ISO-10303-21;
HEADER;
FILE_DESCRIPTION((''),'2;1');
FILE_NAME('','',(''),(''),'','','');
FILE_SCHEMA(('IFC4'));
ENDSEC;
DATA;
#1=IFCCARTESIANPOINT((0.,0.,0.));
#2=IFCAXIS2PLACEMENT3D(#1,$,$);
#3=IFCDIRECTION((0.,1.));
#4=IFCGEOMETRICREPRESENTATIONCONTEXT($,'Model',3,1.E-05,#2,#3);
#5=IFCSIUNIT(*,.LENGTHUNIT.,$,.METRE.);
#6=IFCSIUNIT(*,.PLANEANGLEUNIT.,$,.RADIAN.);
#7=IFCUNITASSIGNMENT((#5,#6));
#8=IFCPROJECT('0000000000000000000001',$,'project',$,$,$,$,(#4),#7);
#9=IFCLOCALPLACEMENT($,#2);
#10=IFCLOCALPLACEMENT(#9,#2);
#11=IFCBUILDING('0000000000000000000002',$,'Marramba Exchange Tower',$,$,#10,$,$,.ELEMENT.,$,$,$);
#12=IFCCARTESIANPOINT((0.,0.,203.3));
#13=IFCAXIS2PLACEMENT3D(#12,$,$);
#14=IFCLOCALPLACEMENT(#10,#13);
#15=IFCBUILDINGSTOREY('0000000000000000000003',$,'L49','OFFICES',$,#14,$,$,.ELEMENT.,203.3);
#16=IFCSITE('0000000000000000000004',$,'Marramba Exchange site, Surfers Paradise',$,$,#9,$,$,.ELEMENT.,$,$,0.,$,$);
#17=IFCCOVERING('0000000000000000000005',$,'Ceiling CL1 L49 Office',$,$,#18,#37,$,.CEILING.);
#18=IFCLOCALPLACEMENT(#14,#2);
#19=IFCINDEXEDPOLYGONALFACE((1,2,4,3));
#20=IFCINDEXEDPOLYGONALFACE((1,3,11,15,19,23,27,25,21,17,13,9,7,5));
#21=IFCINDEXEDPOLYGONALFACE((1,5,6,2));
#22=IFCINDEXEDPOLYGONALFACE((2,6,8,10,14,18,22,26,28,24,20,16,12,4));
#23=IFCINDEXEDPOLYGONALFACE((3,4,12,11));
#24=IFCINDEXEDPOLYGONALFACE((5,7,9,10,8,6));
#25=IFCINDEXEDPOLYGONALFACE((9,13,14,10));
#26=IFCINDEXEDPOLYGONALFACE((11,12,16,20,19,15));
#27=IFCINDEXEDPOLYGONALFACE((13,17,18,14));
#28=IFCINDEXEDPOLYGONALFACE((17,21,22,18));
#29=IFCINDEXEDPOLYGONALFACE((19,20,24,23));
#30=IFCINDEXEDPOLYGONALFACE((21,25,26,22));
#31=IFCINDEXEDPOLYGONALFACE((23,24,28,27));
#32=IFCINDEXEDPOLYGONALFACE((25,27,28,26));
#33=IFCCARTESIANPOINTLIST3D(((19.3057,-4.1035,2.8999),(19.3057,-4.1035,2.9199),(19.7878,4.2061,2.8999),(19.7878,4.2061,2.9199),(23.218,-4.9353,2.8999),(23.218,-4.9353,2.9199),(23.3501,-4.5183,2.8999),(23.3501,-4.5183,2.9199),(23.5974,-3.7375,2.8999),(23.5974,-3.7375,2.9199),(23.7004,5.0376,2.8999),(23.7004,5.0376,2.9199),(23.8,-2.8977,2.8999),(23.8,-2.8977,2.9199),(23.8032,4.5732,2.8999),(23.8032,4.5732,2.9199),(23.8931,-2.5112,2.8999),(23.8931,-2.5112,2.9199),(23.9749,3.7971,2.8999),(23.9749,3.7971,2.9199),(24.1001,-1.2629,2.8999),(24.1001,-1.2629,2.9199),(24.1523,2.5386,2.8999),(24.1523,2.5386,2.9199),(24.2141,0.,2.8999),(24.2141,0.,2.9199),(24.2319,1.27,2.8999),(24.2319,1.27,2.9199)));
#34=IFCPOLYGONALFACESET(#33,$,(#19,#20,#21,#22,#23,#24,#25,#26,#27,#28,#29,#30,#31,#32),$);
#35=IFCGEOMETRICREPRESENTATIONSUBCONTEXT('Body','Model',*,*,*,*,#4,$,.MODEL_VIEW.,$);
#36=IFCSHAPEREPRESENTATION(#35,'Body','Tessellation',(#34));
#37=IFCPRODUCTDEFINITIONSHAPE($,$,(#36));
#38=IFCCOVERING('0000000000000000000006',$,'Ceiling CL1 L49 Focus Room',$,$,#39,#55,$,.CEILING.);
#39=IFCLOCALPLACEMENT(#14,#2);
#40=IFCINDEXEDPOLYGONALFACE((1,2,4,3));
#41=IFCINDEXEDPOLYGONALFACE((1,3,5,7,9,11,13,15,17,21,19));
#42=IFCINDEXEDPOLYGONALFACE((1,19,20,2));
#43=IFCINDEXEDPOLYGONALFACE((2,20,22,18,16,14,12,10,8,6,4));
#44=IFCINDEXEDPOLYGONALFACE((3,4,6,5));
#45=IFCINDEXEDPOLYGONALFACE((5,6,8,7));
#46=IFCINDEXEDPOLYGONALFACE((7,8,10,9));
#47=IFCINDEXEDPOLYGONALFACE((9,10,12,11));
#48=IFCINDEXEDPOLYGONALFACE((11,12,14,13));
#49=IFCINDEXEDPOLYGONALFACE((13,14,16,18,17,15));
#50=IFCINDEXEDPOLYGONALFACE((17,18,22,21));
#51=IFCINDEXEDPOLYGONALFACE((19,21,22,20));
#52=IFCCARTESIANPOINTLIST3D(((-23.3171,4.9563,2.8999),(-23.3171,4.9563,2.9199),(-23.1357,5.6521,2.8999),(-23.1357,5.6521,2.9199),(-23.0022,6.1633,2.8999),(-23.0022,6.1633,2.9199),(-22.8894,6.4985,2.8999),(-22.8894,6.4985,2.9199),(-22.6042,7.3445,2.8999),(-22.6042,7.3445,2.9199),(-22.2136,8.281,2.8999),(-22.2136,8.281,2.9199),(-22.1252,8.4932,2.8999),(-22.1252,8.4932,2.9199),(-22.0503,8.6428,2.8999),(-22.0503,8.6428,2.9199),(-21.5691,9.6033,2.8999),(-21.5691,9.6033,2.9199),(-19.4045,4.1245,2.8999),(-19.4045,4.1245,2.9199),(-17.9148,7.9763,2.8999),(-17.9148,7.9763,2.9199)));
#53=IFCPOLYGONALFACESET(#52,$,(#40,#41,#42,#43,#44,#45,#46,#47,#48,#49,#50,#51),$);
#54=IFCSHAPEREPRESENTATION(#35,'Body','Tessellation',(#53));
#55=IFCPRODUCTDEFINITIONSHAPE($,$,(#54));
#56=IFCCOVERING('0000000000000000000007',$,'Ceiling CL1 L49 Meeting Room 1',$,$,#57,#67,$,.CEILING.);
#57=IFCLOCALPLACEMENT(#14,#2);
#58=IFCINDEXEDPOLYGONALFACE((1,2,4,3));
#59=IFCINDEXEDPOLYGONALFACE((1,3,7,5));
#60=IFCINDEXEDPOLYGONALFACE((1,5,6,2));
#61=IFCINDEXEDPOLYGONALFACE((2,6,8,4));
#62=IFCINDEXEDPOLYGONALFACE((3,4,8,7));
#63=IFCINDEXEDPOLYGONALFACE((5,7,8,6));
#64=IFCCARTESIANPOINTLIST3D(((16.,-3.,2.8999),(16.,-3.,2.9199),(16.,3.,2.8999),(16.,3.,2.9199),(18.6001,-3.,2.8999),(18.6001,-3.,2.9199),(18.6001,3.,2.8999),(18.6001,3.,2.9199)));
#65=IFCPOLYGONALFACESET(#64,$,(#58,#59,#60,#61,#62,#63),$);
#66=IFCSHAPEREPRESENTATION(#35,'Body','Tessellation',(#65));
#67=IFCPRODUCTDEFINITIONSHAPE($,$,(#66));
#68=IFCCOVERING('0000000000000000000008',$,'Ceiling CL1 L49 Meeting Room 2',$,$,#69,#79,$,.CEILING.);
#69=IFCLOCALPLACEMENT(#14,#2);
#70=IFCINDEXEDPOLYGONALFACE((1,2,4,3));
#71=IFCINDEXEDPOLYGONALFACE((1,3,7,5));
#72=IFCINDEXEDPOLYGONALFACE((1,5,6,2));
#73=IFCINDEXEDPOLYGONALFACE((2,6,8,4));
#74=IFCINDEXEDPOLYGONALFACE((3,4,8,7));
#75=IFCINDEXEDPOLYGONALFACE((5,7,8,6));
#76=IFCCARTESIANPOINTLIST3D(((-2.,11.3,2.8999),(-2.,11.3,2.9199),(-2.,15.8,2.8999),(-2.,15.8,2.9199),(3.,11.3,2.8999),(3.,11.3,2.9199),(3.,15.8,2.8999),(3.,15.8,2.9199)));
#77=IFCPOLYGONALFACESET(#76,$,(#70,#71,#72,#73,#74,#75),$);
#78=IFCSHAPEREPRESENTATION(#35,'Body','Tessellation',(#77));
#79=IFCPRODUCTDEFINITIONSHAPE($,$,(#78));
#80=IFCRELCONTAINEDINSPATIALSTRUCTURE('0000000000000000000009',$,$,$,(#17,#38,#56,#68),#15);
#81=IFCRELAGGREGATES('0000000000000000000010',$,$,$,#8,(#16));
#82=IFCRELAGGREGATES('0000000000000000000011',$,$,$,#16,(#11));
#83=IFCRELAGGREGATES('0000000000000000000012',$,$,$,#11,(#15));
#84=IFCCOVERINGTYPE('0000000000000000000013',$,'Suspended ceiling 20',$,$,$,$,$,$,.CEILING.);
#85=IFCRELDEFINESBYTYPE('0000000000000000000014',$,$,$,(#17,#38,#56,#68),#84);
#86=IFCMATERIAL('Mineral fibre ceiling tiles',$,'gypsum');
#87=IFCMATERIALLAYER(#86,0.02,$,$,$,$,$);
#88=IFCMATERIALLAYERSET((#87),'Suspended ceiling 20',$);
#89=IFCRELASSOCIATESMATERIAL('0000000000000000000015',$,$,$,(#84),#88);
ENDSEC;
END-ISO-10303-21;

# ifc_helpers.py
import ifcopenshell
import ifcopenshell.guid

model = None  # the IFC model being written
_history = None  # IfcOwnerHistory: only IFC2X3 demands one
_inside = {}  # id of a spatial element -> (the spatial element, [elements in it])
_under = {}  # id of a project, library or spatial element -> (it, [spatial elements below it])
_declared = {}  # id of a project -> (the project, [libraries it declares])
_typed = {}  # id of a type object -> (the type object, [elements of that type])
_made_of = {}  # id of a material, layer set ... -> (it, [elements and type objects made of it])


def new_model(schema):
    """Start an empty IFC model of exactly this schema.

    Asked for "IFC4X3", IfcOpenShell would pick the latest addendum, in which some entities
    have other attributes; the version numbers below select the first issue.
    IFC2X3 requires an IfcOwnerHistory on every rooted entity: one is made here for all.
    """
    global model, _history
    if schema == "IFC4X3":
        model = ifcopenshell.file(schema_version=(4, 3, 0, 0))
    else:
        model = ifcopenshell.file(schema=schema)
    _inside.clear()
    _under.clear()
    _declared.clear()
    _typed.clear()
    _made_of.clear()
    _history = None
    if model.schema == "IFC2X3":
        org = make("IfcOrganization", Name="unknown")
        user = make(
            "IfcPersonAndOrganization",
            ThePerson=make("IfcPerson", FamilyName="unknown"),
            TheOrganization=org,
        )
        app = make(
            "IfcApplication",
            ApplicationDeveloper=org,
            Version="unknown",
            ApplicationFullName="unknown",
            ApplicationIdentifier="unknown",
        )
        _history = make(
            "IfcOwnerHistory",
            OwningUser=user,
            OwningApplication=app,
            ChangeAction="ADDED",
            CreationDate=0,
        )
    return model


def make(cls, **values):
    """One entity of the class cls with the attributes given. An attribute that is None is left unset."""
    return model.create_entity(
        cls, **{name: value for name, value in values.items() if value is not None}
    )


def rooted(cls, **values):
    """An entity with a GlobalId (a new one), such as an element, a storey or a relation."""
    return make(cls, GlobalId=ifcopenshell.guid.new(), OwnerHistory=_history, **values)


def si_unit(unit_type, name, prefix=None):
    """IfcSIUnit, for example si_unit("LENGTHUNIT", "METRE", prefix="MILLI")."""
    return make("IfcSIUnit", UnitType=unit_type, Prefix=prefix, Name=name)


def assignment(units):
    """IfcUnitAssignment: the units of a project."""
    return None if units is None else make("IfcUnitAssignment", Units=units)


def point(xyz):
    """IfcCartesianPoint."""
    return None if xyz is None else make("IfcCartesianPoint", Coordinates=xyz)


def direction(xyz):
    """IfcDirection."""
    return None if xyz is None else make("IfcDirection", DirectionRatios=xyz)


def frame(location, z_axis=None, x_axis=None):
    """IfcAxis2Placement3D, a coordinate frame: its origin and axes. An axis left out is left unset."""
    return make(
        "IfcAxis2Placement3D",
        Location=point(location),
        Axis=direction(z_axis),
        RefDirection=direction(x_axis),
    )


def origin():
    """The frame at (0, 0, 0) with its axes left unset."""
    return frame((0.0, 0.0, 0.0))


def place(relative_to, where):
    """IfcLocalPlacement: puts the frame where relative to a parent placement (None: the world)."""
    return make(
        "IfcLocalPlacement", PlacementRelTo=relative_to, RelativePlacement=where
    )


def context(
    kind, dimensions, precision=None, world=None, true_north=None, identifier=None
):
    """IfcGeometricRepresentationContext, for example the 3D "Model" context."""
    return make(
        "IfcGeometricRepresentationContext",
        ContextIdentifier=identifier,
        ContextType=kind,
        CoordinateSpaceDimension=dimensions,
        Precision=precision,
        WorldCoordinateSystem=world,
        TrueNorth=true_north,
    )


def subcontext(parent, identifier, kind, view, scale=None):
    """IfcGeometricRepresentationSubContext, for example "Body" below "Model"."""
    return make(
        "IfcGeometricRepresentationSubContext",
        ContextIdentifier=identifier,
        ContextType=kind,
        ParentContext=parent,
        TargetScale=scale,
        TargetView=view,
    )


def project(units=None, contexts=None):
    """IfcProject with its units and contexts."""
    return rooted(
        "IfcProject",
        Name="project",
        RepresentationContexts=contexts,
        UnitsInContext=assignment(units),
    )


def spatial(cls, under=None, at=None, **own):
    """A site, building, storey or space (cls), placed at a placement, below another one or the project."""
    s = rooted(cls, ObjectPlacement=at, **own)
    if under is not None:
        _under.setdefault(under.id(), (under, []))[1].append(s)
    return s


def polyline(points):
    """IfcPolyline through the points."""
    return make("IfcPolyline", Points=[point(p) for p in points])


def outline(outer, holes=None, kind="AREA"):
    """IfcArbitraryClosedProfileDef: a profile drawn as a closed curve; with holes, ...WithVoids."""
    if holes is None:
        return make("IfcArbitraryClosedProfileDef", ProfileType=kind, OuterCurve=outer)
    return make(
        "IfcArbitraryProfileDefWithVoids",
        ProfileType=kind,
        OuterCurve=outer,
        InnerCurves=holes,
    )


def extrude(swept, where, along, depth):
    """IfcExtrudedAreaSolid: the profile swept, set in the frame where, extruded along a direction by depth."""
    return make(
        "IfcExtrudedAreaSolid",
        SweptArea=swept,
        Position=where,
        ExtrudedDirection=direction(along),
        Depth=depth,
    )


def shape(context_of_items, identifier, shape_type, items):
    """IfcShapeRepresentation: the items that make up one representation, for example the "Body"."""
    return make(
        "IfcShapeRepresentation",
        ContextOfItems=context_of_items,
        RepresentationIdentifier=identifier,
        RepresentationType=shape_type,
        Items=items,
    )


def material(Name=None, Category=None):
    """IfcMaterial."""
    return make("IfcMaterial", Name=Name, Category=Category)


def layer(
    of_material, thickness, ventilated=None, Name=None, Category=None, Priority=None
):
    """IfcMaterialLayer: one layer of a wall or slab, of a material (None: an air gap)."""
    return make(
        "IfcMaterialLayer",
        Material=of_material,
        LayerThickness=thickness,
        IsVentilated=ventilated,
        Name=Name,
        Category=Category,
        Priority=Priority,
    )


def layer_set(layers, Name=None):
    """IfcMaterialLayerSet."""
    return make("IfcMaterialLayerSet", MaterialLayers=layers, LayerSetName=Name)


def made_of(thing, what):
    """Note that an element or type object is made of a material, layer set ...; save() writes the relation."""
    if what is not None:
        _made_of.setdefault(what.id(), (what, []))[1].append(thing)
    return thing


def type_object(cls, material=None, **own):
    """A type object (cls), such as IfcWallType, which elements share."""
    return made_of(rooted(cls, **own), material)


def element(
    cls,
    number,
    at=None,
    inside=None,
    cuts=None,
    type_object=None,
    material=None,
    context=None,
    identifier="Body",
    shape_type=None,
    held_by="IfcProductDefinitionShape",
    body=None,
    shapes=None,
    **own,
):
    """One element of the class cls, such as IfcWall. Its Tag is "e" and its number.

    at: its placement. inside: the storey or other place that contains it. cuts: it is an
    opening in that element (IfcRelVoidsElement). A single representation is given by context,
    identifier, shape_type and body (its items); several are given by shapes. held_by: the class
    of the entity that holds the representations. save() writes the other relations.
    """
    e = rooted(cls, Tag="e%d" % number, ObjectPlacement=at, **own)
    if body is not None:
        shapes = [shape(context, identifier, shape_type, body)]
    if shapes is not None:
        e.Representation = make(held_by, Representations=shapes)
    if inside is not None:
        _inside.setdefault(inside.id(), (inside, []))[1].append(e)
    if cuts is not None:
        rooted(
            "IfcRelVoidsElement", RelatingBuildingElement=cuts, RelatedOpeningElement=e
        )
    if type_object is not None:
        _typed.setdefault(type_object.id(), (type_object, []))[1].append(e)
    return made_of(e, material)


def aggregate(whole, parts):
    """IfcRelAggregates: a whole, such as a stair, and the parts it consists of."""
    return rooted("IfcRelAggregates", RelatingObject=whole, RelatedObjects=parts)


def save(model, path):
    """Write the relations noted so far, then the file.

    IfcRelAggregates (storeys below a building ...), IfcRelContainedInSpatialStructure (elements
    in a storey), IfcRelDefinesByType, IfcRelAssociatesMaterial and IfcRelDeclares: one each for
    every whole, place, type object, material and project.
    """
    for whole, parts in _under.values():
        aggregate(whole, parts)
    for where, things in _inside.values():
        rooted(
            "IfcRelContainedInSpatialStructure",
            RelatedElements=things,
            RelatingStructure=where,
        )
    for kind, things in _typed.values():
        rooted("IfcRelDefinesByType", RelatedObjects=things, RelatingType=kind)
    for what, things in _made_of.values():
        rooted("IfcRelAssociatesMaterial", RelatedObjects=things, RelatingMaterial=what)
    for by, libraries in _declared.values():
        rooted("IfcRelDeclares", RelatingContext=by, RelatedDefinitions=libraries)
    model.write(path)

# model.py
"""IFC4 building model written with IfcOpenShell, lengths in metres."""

from ifc_helpers import new_model, si_unit, direction, frame, origin, place, context, subcontext, project, spatial, polyline, outline, extrude, material, layer, layer_set, type_object, element, save


model = new_model("IFC4")

# Units and contexts
model_context = context("Model", 3, precision=1e-05, world=origin(), true_north=direction((0.0, 1.0)))
body_context = subcontext(model_context, "Body", "Model", "MODEL_VIEW")
ifc_project = project(units=[si_unit("LENGTHUNIT", "METRE"), si_unit("PLANEANGLEUNIT", "RADIAN")], contexts=[model_context])

# Site, building, storey
site_placement = place(None, origin())
site = spatial("IfcSite", under=ifc_project, at=site_placement, Name="Marramba Exchange site, Surfers Paradise", CompositionType="ELEMENT", RefElevation=0.0)
building_placement = place(site_placement, origin())
building = spatial("IfcBuilding", under=site, at=building_placement, Name="Marramba Exchange Tower", CompositionType="ELEMENT")
storey_placement = place(building_placement, frame((0.0, 0.0, 203.3)))
storey = spatial("IfcBuildingStorey", under=building, at=storey_placement, Name="L49", Description="OFFICES", CompositionType="ELEMENT", Elevation=203.3)

# Coverings
ifc_material_1 = material(Name="Mineral fibre ceiling tiles", Category="gypsum")
ifc_layer_1 = layer(ifc_material_1, 0.02)
ifc_layer_set_1 = layer_set([ifc_layer_1], Name="Suspended ceiling 20")
covering_type = type_object("IfcCoveringType", Name="Suspended ceiling 20", PredefinedType="CEILING", material=ifc_layer_set_1)
covering_1_placement = place(storey_placement, frame((0.0, 0.0, 2.8999)))
element("IfcCovering", 1, at=covering_1_placement, inside=storey, type_object=covering_type, Name="Ceiling CL1 L49 Office", PredefinedType="CEILING", context=body_context, shape_type="SweptSolid", body=[
    extrude(outline(polyline([(23.8032, 4.5732), (23.9749, 3.7971), (24.1523, 2.5386), (24.2319, 1.27), (24.2141, 0.0), (24.1001, -1.2629), (23.8931, -2.5112), (23.8, -2.8977), (23.5974, -3.7375), (23.3501, -4.5183), (23.218, -4.9353), (19.3057, -4.1035), (19.7878, 4.2061), (23.7004, 5.0376), (23.8032, 4.5732)])), origin(), (0.0, 0.0, 1.0), 0.02),
])
covering_2_placement = place(storey_placement, frame((0.0, 0.0, 2.8999)))
element("IfcCovering", 2, at=covering_2_placement, inside=storey, type_object=covering_type, Name="Ceiling CL1 L49 Focus Room", PredefinedType="CEILING", context=body_context, shape_type="SweptSolid", body=[
    extrude(outline(polyline([(-23.1357, 5.6521), (-23.0022, 6.1633), (-22.8894, 6.4985), (-22.6042, 7.3445), (-22.2136, 8.281), (-22.1252, 8.4932), (-22.0503, 8.6428), (-21.5691, 9.6033), (-17.9148, 7.9763), (-19.4045, 4.1245), (-23.3171, 4.9563), (-23.1357, 5.6521)])), origin(), (0.0, 0.0, 1.0), 0.02),
])
covering_3_placement = place(storey_placement, frame((0.0, 0.0, 2.8999)))
element("IfcCovering", 3, at=covering_3_placement, inside=storey, type_object=covering_type, Name="Ceiling CL1 L49 Meeting Room 1", PredefinedType="CEILING", context=body_context, shape_type="SweptSolid", body=[
    extrude(outline(polyline([(18.6001, -3.0), (16.0, -3.0), (16.0, 3.0), (18.6001, 3.0), (18.6001, -3.0)])), origin(), (0.0, 0.0, 1.0), 0.02),
])
covering_4_placement = place(storey_placement, frame((0.0, 0.0, 2.8999)))
element("IfcCovering", 4, at=covering_4_placement, inside=storey, type_object=covering_type, Name="Ceiling CL1 L49 Meeting Room 2", PredefinedType="CEILING", context=body_context, shape_type="SweptSolid", body=[
    extrude(outline(polyline([(3.0, 11.3), (-2.0, 11.3), (-2.0, 15.8), (3.0, 15.8), (3.0, 11.3)])), origin(), (0.0, 0.0, 1.0), 0.02),
])

save(model, "model.ifc")
